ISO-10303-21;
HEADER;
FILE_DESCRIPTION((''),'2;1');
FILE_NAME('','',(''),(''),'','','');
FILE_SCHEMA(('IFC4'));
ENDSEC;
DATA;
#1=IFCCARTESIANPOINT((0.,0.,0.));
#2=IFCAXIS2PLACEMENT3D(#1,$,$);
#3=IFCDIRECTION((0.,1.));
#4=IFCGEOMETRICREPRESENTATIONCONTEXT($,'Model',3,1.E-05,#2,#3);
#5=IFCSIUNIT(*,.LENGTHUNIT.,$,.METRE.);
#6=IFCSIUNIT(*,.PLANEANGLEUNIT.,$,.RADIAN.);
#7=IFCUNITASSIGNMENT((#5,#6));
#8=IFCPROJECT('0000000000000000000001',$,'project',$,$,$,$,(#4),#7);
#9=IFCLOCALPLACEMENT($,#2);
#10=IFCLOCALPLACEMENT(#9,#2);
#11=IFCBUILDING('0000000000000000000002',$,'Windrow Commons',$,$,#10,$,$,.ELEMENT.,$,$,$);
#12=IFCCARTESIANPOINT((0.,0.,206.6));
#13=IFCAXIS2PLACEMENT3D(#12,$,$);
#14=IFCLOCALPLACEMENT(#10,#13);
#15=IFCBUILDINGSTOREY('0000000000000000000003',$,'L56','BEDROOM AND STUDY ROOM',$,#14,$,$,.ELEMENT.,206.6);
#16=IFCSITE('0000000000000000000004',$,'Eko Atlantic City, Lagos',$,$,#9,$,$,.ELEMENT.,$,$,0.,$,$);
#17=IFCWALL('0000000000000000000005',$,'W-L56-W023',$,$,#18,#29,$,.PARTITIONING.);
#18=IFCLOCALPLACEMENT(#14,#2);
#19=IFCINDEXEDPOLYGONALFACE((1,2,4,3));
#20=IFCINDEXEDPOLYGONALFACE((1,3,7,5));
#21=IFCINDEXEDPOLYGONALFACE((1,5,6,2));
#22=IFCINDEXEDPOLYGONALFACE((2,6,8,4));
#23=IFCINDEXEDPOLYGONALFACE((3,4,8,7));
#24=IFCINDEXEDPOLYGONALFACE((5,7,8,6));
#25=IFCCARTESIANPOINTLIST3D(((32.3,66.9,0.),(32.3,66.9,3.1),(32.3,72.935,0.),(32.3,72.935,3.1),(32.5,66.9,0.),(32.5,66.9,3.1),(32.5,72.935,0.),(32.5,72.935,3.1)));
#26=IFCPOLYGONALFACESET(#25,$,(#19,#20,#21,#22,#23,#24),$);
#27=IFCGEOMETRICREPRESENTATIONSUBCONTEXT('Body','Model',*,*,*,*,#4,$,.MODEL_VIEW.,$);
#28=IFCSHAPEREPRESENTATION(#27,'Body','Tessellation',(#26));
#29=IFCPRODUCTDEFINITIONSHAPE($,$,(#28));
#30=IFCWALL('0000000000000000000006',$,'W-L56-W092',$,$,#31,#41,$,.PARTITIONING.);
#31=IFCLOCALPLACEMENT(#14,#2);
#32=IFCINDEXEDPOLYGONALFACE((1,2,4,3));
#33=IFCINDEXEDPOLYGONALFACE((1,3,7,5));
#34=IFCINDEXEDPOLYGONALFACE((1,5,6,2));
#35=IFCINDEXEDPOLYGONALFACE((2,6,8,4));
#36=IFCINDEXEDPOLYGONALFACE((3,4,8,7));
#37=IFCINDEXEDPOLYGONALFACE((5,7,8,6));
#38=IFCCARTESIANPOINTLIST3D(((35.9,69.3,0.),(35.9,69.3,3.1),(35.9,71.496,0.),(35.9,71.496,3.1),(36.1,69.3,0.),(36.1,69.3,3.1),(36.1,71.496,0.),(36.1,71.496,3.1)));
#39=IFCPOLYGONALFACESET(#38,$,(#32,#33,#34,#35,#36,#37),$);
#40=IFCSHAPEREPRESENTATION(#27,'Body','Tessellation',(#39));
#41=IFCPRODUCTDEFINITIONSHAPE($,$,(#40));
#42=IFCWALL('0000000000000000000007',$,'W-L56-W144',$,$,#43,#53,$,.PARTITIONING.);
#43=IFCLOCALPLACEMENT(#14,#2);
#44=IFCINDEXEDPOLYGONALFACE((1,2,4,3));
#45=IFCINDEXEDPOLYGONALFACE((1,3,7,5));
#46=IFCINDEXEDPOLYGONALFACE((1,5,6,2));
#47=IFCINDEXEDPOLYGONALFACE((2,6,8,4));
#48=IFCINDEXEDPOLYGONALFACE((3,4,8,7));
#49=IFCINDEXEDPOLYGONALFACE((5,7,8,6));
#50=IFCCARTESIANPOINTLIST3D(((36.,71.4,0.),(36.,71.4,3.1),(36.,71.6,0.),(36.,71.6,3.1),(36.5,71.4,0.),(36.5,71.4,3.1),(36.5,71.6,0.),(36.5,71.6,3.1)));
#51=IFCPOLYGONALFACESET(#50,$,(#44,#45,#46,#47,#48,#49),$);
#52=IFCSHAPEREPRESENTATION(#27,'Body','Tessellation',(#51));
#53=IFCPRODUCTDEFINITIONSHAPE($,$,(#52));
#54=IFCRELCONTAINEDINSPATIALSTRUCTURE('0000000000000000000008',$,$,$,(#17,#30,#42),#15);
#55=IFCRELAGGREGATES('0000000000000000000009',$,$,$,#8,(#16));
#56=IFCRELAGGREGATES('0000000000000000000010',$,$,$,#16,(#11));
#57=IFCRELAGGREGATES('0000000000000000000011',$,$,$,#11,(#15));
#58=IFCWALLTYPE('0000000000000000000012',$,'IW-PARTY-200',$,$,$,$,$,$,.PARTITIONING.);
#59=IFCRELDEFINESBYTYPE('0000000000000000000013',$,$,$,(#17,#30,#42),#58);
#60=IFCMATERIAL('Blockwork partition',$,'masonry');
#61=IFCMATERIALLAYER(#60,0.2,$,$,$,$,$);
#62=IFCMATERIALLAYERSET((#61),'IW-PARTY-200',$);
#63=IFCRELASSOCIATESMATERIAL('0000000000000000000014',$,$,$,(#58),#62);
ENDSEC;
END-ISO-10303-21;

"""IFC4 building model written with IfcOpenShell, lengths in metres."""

from ifc_helpers import new_model, si_unit, direction, frame, frame_2d, origin, place, context, subcontext, project, spatial, rectangle, extrude, material, layer, layer_set, type_object, element, save


model = new_model("IFC4")

# Units and contexts
model_context = context("Model", 3, precision=1e-05, world=origin(), true_north=direction((0.0, 1.0)))
body_context = subcontext(model_context, "Body", "Model", "MODEL_VIEW")
ifc_project = project(units=[si_unit("LENGTHUNIT", "METRE"), si_unit("PLANEANGLEUNIT", "RADIAN")], contexts=[model_context])

# Site, building, storey
site_placement = place(None, origin())
site = spatial("IfcSite", under=ifc_project, at=site_placement, Name="Eko Atlantic City, Lagos", CompositionType="ELEMENT", RefElevation=0.0)
building_placement = place(site_placement, origin())
building = spatial("IfcBuilding", under=site, at=building_placement, Name="Windrow Commons", CompositionType="ELEMENT")
storey_placement = place(building_placement, frame((0.0, 0.0, 206.6)))
storey = spatial("IfcBuildingStorey", under=building, at=storey_placement, Name="L56", Description="BEDROOM AND STUDY ROOM", CompositionType="ELEMENT", Elevation=206.6)

# Walls
ifc_material_1 = material(Name="Blockwork partition", Category="masonry")
ifc_layer_1 = layer(ifc_material_1, 0.2)
ifc_layer_set_1 = layer_set([ifc_layer_1], Name="IW-PARTY-200")
wall_type_1 = type_object("IfcWallType", Name="IW-PARTY-200", PredefinedType="PARTITIONING", material=ifc_layer_set_1)
wall_1_placement = place(storey_placement, frame((32.4, 66.9, 0.0), z_axis=(0.0, 0.0, 1.0), x_axis=(0.0, 1.0, 0.0)))
element("IfcWall", 1, at=wall_1_placement, inside=storey, type_object=wall_type_1, Name="W-L56-W023", PredefinedType="PARTITIONING", context=body_context, shape_type="SweptSolid", body=[
    extrude(rectangle(XDim=6.035, YDim=0.2, at=frame_2d((3.0175, 0.0))), origin(), (0.0, 0.0, 1.0), 3.1),
])
wall_2_placement = place(storey_placement, frame((36.0, 69.3, 0.0), z_axis=(0.0, 0.0, 1.0), x_axis=(0.0, 1.0, 0.0)))
element("IfcWall", 2, at=wall_2_placement, inside=storey, type_object=wall_type_1, Name="W-L56-W092", PredefinedType="PARTITIONING", context=body_context, shape_type="SweptSolid", body=[
    extrude(rectangle(XDim=2.196, YDim=0.2, at=frame_2d((1.098, 0.0))), origin(), (0.0, 0.0, 1.0), 3.1),
])
wall_3_placement = place(storey_placement, frame((36.0, 71.5, 0.0), z_axis=(0.0, 0.0, 1.0), x_axis=(1.0, 0.0, 0.0)))
element("IfcWall", 3, at=wall_3_placement, inside=storey, type_object=wall_type_1, Name="W-L56-W144", PredefinedType="PARTITIONING", context=body_context, shape_type="SweptSolid", body=[
    extrude(rectangle(XDim=0.5, YDim=0.2, at=frame_2d((0.25, 0.0))), origin(), (0.0, 0.0, 1.0), 3.1),
])

save(model, "model.ifc")
